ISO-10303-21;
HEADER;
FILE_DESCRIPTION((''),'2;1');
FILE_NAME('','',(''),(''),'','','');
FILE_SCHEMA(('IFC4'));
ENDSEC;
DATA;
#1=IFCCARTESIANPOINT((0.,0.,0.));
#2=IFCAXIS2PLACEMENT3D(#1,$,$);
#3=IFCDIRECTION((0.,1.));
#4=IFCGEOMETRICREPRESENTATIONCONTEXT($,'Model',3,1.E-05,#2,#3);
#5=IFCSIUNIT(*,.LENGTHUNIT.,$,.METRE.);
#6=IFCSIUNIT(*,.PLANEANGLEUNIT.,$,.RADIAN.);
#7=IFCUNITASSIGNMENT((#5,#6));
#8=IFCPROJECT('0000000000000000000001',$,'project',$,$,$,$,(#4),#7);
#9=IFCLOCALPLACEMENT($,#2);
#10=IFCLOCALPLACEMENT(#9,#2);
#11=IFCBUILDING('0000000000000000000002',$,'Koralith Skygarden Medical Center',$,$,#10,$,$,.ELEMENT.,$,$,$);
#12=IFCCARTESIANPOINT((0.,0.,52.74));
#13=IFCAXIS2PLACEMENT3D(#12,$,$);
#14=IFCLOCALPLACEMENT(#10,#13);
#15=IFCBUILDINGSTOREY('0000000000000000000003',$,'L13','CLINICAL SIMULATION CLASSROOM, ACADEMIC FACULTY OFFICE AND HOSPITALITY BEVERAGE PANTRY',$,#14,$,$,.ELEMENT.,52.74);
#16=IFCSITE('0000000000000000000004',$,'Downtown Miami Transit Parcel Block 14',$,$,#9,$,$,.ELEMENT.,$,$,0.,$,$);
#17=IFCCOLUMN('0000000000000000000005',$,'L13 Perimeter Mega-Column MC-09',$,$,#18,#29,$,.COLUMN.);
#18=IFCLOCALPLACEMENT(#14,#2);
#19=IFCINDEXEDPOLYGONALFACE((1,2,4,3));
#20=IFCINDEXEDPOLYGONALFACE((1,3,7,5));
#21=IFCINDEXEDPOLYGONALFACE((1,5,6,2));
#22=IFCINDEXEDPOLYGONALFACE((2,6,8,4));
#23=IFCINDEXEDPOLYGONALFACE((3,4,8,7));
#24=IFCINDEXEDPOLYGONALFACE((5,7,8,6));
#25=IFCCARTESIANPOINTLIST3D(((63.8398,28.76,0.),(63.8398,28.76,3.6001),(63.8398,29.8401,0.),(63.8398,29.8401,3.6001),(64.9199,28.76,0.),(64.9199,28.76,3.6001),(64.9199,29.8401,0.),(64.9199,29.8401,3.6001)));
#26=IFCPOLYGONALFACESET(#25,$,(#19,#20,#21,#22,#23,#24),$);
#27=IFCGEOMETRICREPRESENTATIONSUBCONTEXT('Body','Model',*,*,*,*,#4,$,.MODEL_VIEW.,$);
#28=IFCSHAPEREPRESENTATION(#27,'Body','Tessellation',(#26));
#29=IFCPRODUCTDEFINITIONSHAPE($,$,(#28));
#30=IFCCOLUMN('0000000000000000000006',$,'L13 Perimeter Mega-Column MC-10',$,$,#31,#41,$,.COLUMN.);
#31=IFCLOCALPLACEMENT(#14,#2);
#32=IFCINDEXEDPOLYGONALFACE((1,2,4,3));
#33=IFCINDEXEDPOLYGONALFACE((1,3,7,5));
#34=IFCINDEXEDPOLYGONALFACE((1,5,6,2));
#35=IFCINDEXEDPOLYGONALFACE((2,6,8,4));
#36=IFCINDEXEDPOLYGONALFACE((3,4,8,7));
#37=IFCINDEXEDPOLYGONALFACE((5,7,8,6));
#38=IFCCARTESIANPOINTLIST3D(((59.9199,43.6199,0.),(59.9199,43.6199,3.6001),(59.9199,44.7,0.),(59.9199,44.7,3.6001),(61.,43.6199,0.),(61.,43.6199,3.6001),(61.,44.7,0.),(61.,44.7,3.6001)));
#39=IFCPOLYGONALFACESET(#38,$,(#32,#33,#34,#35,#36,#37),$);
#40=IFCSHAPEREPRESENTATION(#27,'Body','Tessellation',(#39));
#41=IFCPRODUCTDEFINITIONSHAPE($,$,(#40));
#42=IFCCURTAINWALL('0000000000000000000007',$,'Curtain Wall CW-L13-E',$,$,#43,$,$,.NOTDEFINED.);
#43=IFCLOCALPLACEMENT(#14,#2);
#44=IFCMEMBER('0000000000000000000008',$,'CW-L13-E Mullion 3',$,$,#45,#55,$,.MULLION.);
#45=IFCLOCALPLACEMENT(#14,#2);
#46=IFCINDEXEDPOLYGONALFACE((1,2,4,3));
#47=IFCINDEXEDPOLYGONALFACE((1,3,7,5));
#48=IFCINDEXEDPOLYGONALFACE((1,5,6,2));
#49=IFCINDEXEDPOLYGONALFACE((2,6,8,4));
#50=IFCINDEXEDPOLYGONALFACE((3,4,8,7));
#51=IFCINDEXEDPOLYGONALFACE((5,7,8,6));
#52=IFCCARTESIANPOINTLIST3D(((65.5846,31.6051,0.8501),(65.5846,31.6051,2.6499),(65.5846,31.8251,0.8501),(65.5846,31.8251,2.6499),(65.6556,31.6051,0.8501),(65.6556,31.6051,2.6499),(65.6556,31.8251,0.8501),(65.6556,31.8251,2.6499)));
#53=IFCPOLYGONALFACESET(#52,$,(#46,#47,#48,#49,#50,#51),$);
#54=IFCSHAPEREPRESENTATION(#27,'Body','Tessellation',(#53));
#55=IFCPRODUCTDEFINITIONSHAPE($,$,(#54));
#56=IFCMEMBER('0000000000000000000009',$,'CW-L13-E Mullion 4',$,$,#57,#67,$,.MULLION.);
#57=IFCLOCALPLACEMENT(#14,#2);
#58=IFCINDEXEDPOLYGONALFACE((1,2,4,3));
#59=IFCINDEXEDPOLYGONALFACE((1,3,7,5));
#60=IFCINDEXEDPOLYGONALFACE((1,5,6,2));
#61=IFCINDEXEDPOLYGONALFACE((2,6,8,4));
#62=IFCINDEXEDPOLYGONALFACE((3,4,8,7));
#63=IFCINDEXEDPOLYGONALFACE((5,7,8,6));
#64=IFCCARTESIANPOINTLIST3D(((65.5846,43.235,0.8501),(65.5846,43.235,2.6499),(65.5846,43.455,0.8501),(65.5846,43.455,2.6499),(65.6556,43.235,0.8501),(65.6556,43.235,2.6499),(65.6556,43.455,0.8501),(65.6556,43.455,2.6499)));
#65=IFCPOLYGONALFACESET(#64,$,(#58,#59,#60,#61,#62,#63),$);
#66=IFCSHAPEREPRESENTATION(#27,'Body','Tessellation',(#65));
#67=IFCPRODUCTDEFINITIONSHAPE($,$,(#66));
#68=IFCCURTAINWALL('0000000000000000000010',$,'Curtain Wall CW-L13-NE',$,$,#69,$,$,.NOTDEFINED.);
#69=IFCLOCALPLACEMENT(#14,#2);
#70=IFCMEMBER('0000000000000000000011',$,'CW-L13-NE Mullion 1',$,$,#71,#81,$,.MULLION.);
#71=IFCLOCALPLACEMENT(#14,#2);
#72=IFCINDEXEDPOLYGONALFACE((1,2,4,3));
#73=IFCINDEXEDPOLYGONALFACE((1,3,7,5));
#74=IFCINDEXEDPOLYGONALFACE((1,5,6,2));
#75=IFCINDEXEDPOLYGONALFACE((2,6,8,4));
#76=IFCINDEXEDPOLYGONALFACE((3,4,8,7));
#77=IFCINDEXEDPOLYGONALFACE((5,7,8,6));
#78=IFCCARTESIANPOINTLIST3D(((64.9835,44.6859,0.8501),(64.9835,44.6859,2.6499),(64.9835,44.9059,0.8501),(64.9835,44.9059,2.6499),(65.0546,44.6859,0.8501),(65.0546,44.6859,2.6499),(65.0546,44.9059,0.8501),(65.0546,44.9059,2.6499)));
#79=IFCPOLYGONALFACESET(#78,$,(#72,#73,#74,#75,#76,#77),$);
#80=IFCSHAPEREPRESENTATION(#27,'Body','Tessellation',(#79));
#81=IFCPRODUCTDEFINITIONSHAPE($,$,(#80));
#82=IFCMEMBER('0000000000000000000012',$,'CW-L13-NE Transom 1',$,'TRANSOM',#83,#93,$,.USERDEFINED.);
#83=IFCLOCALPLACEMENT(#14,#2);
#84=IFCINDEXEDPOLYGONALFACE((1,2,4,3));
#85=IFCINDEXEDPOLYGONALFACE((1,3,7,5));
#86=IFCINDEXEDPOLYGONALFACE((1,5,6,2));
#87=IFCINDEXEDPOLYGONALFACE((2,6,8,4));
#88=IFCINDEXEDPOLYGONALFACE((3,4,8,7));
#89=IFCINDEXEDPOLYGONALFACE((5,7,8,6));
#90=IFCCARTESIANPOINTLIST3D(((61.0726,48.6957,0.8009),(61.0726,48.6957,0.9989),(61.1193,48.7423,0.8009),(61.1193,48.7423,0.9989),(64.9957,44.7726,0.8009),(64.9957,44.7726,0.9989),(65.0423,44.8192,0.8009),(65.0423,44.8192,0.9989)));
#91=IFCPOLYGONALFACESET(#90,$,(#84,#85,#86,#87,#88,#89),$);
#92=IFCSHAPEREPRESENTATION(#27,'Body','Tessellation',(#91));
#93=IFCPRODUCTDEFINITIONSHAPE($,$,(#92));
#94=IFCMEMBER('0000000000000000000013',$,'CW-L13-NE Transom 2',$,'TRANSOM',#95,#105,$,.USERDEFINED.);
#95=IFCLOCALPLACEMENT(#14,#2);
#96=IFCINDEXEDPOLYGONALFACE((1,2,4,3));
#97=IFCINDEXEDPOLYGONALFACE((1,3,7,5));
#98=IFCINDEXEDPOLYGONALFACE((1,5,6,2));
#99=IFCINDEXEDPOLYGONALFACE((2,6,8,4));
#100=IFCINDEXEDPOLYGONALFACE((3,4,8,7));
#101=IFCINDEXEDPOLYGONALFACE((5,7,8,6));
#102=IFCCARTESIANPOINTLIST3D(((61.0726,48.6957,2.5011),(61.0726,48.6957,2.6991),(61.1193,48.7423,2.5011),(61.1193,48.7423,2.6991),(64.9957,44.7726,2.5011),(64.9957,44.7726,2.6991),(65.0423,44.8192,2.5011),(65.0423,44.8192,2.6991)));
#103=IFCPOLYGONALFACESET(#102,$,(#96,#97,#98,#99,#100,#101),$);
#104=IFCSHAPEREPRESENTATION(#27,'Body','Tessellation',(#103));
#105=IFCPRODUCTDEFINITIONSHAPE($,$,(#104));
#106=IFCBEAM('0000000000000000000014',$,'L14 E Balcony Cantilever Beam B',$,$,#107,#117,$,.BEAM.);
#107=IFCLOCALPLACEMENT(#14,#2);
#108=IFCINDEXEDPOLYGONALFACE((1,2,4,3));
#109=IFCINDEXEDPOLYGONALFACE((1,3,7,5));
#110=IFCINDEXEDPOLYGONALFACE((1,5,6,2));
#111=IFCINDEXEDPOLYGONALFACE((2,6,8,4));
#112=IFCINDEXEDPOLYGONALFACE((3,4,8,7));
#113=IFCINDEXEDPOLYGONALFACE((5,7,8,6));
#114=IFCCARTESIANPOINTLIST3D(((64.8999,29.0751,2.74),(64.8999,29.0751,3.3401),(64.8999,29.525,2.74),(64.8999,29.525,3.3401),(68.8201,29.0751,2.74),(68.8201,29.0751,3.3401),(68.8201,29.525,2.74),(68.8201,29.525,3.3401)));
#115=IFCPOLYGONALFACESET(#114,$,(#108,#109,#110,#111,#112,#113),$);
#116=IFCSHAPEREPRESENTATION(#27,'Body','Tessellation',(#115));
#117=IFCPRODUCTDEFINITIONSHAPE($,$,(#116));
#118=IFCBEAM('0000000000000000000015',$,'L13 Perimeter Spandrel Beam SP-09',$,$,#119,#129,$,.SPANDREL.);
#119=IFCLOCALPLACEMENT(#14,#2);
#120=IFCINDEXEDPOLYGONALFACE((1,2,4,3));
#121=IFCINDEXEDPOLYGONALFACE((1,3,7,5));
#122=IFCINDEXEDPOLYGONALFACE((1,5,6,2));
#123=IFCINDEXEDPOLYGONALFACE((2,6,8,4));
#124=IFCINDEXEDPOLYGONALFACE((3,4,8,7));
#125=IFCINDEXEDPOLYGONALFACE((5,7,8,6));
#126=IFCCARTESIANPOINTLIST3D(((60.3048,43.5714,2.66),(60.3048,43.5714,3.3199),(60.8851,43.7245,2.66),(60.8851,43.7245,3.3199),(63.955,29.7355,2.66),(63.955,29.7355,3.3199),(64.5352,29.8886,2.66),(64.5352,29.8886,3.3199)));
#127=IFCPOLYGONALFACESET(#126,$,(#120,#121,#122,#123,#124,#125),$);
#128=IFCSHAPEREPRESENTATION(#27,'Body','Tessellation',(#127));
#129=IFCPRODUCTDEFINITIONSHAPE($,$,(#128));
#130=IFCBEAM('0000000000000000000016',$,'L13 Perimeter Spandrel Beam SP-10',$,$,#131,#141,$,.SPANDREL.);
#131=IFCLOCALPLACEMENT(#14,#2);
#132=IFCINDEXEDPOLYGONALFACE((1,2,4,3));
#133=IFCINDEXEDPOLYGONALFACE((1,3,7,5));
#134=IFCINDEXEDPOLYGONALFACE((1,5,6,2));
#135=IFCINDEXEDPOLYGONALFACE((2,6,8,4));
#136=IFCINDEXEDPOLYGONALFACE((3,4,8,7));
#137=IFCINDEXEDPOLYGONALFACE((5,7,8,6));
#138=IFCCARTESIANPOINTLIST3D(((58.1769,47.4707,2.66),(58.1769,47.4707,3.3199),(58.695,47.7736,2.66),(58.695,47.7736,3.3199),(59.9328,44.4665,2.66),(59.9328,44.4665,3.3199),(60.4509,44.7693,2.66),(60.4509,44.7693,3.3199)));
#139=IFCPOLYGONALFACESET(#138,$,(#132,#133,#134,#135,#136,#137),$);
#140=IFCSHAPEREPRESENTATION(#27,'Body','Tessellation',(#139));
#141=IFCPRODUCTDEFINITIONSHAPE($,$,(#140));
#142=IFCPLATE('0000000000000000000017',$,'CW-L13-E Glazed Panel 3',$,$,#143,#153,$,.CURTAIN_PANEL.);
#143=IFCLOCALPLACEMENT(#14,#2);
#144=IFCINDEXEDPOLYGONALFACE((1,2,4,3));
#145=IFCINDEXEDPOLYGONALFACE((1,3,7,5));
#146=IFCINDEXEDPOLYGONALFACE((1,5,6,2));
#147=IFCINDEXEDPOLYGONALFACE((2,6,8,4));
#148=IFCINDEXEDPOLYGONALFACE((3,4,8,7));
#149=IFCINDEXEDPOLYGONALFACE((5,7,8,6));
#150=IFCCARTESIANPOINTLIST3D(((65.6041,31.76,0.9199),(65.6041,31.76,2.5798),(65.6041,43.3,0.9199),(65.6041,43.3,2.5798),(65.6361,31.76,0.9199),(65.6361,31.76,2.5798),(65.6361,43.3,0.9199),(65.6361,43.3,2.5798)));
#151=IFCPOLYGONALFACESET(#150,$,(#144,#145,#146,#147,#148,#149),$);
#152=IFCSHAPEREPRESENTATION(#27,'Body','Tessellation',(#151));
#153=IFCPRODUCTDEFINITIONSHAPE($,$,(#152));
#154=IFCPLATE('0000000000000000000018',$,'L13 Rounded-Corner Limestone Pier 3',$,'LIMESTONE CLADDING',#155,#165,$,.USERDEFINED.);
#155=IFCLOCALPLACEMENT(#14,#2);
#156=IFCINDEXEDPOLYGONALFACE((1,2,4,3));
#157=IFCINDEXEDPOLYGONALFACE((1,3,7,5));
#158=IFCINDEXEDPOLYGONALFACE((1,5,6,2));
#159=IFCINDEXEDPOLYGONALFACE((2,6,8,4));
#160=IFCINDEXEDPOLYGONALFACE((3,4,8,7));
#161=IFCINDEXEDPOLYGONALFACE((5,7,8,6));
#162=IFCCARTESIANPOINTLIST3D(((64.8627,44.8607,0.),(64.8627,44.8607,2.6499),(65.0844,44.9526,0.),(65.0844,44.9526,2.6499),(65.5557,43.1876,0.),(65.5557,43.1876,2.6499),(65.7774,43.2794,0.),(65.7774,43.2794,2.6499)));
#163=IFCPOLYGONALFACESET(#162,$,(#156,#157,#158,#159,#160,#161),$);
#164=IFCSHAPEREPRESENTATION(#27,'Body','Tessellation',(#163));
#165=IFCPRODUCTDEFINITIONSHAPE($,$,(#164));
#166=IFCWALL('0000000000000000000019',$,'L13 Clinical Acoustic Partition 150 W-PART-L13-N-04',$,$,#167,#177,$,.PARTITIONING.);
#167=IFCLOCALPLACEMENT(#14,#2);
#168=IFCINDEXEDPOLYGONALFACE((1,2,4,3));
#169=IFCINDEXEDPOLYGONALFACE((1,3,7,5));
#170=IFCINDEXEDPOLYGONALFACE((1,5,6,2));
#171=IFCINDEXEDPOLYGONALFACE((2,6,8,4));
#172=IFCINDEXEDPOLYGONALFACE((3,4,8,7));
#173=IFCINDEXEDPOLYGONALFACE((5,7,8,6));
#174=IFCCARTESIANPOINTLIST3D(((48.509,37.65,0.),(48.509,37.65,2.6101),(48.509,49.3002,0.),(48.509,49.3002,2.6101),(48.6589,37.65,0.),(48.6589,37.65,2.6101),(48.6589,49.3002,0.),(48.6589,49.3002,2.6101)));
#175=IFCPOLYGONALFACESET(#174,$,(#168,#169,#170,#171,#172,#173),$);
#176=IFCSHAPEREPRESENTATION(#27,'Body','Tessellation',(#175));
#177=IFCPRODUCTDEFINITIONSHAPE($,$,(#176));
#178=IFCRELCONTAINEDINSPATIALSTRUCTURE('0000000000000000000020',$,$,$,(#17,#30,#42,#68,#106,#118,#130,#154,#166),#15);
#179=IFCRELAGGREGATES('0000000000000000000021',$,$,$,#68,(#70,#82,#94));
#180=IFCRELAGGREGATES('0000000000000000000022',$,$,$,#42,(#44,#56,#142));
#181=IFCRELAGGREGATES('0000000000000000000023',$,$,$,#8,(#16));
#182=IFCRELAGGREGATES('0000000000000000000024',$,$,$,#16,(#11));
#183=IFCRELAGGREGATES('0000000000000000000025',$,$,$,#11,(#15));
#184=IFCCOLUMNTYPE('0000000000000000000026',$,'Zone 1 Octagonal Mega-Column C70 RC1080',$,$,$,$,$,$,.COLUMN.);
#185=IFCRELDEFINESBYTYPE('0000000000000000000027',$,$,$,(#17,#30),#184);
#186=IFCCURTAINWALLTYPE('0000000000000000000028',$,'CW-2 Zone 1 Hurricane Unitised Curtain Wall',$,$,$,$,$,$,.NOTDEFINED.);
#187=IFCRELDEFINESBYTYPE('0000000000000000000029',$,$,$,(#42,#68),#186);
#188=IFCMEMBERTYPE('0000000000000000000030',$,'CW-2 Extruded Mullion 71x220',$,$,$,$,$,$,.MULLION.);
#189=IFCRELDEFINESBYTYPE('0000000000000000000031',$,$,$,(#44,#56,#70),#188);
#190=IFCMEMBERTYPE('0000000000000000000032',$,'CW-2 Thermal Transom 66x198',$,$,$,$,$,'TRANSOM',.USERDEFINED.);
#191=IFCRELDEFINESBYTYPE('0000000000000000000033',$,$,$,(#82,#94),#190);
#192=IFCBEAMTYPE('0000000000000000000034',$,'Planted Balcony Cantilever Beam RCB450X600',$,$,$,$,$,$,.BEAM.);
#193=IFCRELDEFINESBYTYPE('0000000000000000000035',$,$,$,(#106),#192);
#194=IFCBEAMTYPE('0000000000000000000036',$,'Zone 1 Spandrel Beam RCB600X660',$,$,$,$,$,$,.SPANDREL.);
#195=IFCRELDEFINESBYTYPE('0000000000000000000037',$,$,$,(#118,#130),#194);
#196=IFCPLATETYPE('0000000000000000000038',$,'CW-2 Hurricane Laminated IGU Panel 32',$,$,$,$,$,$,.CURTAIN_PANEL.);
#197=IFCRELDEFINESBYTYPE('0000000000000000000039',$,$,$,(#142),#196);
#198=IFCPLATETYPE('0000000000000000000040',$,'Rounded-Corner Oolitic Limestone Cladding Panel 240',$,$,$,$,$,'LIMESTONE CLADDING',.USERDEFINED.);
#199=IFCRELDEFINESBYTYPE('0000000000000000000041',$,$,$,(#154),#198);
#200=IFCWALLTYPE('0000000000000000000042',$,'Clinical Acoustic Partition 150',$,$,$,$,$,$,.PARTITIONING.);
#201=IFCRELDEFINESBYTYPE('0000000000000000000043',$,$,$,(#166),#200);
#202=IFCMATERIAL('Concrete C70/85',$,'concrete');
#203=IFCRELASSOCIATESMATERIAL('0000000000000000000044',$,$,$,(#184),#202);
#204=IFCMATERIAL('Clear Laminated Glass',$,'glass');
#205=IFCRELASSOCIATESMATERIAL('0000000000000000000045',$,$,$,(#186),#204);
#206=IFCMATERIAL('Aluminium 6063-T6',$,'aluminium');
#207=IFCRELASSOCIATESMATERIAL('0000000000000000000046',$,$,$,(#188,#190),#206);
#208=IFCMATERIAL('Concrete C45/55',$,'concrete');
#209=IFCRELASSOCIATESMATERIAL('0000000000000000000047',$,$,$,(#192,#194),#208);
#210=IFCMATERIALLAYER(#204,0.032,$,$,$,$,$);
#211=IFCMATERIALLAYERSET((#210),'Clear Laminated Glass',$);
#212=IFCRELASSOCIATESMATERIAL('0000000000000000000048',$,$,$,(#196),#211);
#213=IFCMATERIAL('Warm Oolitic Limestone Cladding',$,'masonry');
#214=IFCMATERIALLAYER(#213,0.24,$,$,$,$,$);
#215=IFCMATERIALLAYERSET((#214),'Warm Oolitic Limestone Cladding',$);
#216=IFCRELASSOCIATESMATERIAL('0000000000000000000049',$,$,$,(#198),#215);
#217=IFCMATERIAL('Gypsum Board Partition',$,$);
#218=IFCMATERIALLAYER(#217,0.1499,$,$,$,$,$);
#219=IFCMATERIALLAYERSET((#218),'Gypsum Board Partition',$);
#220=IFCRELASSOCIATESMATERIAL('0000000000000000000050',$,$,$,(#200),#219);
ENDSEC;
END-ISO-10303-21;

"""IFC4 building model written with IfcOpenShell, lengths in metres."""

from ifc_helpers import new_model, si_unit, direction, frame, frame_2d, origin, origin_2d, place, context, subcontext, project, spatial, rectangle, extrude, material, layer, layer_set, material_profile, profile_set, type_object, element, aggregate, save


model = new_model("IFC4")

# Units and contexts
model_context = context("Model", 3, precision=1e-05, world=origin(), true_north=direction((0.0, 1.0)))
body_context = subcontext(model_context, "Body", "Model", "MODEL_VIEW")
ifc_project = project(units=[si_unit("LENGTHUNIT", "METRE"), si_unit("PLANEANGLEUNIT", "RADIAN")], contexts=[model_context])

# Site, building, storey
site_placement = place(None, origin())
site = spatial("IfcSite", under=ifc_project, at=site_placement, Name="Downtown Miami Transit Parcel Block 14", CompositionType="ELEMENT", RefElevation=0.0)
building_placement = place(site_placement, origin())
building = spatial("IfcBuilding", under=site, at=building_placement, Name="Koralith Skygarden Medical Center", CompositionType="ELEMENT")
storey_placement = place(building_placement, frame((0.0, 0.0, 52.74)))
storey = spatial("IfcBuildingStorey", under=building, at=storey_placement, Name="L13", Description="CLINICAL SIMULATION CLASSROOM, ACADEMIC FACULTY OFFICE AND HOSPITALITY BEVERAGE PANTRY", CompositionType="ELEMENT", Elevation=52.74)

# Columns
ifc_material_1 = material(Name="Concrete C70/85", Category="concrete")
ifc_material_profile_1 = material_profile(ifc_material_1, rectangle(XDim=1.0801, YDim=1.0801, at=origin_2d()), Name="RC1080X1080")
ifc_profile_set_1 = profile_set([ifc_material_profile_1], Name="Concrete C70/85")
column_type = type_object("IfcColumnType", Name="Zone 1 Octagonal Mega-Column C70 RC1080", PredefinedType="COLUMN", material=ifc_profile_set_1)
for number, where, z_axis, x_axis, name in (
    (1, (64.3799, 29.3, 0.0), (0.0, 0.0, 1.0), (1.0, 0.0, 0.0), "L13 Perimeter Mega-Column MC-09"),
    (2, (60.46, 44.1599, 0.0), (0.0, 0.0, 1.0), (1.0, 0.0, 0.0), "L13 Perimeter Mega-Column MC-10"),
):
    element("IfcColumn", number, at=place(storey_placement, frame(where, z_axis=z_axis, x_axis=x_axis)), inside=storey, type_object=column_type, Name=name, PredefinedType="COLUMN", context=body_context, shape_type="SweptSolid", body=[
        extrude(rectangle(XDim=1.0801, YDim=1.0801, at=origin_2d()), origin(), (0.0, 0.0, 1.0), 3.6001),
    ])

# Curtain walls, members
ifc_material_2 = material(Name="Clear Laminated Glass", Category="glass")
curtain_wall_type = type_object("IfcCurtainWallType", Name="CW-2 Zone 1 Hurricane Unitised Curtain Wall", PredefinedType="NOTDEFINED", material=ifc_material_2)
curtain_wall_1_placement = place(storey_placement, origin())
curtain_wall_1 = element("IfcCurtainWall", 3, at=curtain_wall_1_placement, inside=storey, type_object=curtain_wall_type, Name="Curtain Wall CW-L13-E", PredefinedType="NOTDEFINED")
ifc_material_3 = material(Name="Aluminium 6063-T6", Category="aluminium")
ifc_material_profile_2 = material_profile(ifc_material_3, rectangle(XDim=0.071, YDim=0.22, at=origin_2d()), Name="MUL71X220")
ifc_profile_set_2 = profile_set([ifc_material_profile_2], Name="Aluminium 6063-T6")
member_type_1 = type_object("IfcMemberType", Name="CW-2 Extruded Mullion 71x220", PredefinedType="MULLION", material=ifc_profile_set_2)
member_1_placement = place(storey_placement, frame((65.6201, 31.7151, 0.8501), z_axis=(0.0, 0.0, 1.0), x_axis=(1.0, 0.0, 0.0)))
member_1 = element("IfcMember", 4, at=member_1_placement, type_object=member_type_1, Name="CW-L13-E Mullion 3", PredefinedType="MULLION", context=body_context, shape_type="SweptSolid", body=[
    extrude(rectangle(XDim=0.071, YDim=0.22, at=origin_2d()), origin(), (0.0, 0.0, 1.0), 1.7998),
])
member_2_placement = place(storey_placement, frame((65.6201, 43.345, 0.8501), z_axis=(0.0, 0.0, 1.0), x_axis=(1.0, 0.0, 0.0)))
member_2 = element("IfcMember", 5, at=member_2_placement, type_object=member_type_1, Name="CW-L13-E Mullion 4", PredefinedType="MULLION", context=body_context, shape_type="SweptSolid", body=[
    extrude(rectangle(XDim=0.071, YDim=0.22, at=origin_2d()), origin(), (0.0, 0.0, 1.0), 1.7998),
])
curtain_wall_2_placement = place(storey_placement, origin())
curtain_wall_2 = element("IfcCurtainWall", 6, at=curtain_wall_2_placement, inside=storey, type_object=curtain_wall_type, Name="Curtain Wall CW-L13-NE", PredefinedType="NOTDEFINED")
member_3_placement = place(storey_placement, frame((65.019, 44.7959, 0.8501), z_axis=(0.0, 0.0, 1.0), x_axis=(1.0, 0.0, 0.0)))
member_3 = element("IfcMember", 7, at=member_3_placement, type_object=member_type_1, Name="CW-L13-NE Mullion 1", PredefinedType="MULLION", context=body_context, shape_type="SweptSolid", body=[
    extrude(rectangle(XDim=0.071, YDim=0.22, at=origin_2d()), origin(), (0.0, 0.0, 1.0), 1.7998),
])
ifc_material_profile_3 = material_profile(ifc_material_3, rectangle(XDim=0.0659, YDim=0.198, at=origin_2d()), Name="TRN66X198")
ifc_profile_set_3 = profile_set([ifc_material_profile_3], Name="Aluminium 6063-T6")
member_type_2 = type_object("IfcMemberType", Name="CW-2 Thermal Transom 66x198", ElementType="TRANSOM", PredefinedType="USERDEFINED", material=ifc_profile_set_3)
member_4_placement = place(storey_placement, frame((65.019, 44.7959, 0.8999), z_axis=(-0.707107, 0.707107, 0.0), x_axis=(-0.707107, -0.707107, 0.0)))
member_4 = element("IfcMember", 8, at=member_4_placement, type_object=member_type_2, Name="CW-L13-NE Transom 1", ObjectType="TRANSOM", PredefinedType="USERDEFINED", context=body_context, shape_type="SweptSolid", body=[
    extrude(rectangle(XDim=0.0659, YDim=0.198, at=origin_2d()), origin(), (0.0, 0.0, 1.0), 5.5481),
])
member_5_placement = place(storey_placement, frame((65.019, 44.7959, 2.6001), z_axis=(-0.707107, 0.707107, 0.0), x_axis=(-0.707107, -0.707107, 0.0)))
member_5 = element("IfcMember", 9, at=member_5_placement, type_object=member_type_2, Name="CW-L13-NE Transom 2", ObjectType="TRANSOM", PredefinedType="USERDEFINED", context=body_context, shape_type="SweptSolid", body=[
    extrude(rectangle(XDim=0.0659, YDim=0.198, at=origin_2d()), origin(), (0.0, 0.0, 1.0), 5.5481),
])
aggregate(curtain_wall_2, [member_3, member_4, member_5])

# Beams
ifc_material_4 = material(Name="Concrete C45/55", Category="concrete")
ifc_material_profile_4 = material_profile(ifc_material_4, rectangle(XDim=0.45, YDim=0.6001, at=origin_2d()), Name="RCB450X600")
ifc_profile_set_4 = profile_set([ifc_material_profile_4], Name="Concrete C45/55")
beam_type_1 = type_object("IfcBeamType", Name="Planted Balcony Cantilever Beam RCB450X600", PredefinedType="BEAM", material=ifc_profile_set_4)
beam_1_placement = place(storey_placement, frame((64.8999, 29.3, 3.04), z_axis=(1.0, 0.0, 0.0), x_axis=(0.0, 1.0, 0.0)))
element("IfcBeam", 10, at=beam_1_placement, inside=storey, type_object=beam_type_1, Name="L14 E Balcony Cantilever Beam B", PredefinedType="BEAM", context=body_context, shape_type="SweptSolid", body=[
    extrude(rectangle(XDim=0.45, YDim=0.6001, at=origin_2d()), origin(), (0.0, 0.0, 1.0), 3.9202),
])
ifc_material_profile_5 = material_profile(ifc_material_4, rectangle(XDim=0.6001, YDim=0.6599, at=origin_2d()), Name="RCB600X660")
ifc_profile_set_5 = profile_set([ifc_material_profile_5], Name="Concrete C45/55")
beam_type_2 = type_object("IfcBeamType", Name="Zone 1 Spandrel Beam RCB600X660", PredefinedType="SPANDREL", material=ifc_profile_set_5)
beam_2_placement = place(storey_placement, frame((64.2451, 29.812, 2.99), z_axis=(-0.255089, 0.966918, 0.0), x_axis=(-0.966918, -0.255089, 0.0)))
element("IfcBeam", 11, at=beam_2_placement, inside=storey, type_object=beam_type_2, Name="L13 Perimeter Spandrel Beam SP-09", PredefinedType="SPANDREL", context=body_context, shape_type="SweptSolid", body=[
    extrude(rectangle(XDim=0.6001, YDim=0.6599, at=origin_2d()), origin(), (0.0, 0.0, 1.0), 14.3093),
])
beam_3_placement = place(storey_placement, frame((60.1919, 44.6179, 2.99), z_axis=(-0.504608, 0.863349, 0.0), x_axis=(-0.863349, -0.504608, 0.0)))
element("IfcBeam", 12, at=beam_3_placement, inside=storey, type_object=beam_type_2, Name="L13 Perimeter Spandrel Beam SP-10", PredefinedType="SPANDREL", context=body_context, shape_type="SweptSolid", body=[
    extrude(rectangle(XDim=0.6001, YDim=0.6599, at=origin_2d()), origin(), (0.0, 0.0, 1.0), 3.4797),
])

# Plates
ifc_layer_1 = layer(ifc_material_2, 0.032)
ifc_layer_set_1 = layer_set([ifc_layer_1], Name="Clear Laminated Glass")
plate_type_1 = type_object("IfcPlateType", Name="CW-2 Hurricane Laminated IGU Panel 32", PredefinedType="CURTAIN_PANEL", material=ifc_layer_set_1)
plate_1_placement = place(storey_placement, frame((65.6201, 37.53, 0.9199), z_axis=(0.0, 0.0, 1.0), x_axis=(0.0, 1.0, 0.0)))
plate_1 = element("IfcPlate", 13, at=plate_1_placement, type_object=plate_type_1, Name="CW-L13-E Glazed Panel 3", PredefinedType="CURTAIN_PANEL", context=body_context, shape_type="SweptSolid", body=[
    extrude(rectangle(XDim=11.54, YDim=0.032, at=origin_2d()), origin(), (0.0, 0.0, 1.0), 1.6599),
])
aggregate(curtain_wall_1, [member_1, member_2, plate_1])
ifc_material_5 = material(Name="Warm Oolitic Limestone Cladding", Category="masonry")
ifc_layer_2 = layer(ifc_material_5, 0.24)
ifc_layer_set_2 = layer_set([ifc_layer_2], Name="Warm Oolitic Limestone Cladding")
plate_type_2 = type_object("IfcPlateType", Name="Rounded-Corner Oolitic Limestone Cladding Panel 240", ElementType="LIMESTONE CLADDING", PredefinedType="USERDEFINED", material=ifc_layer_set_2)
plate_2_placement = place(storey_placement, frame((65.3201, 44.0701, 0.0), z_axis=(0.0, 0.0, 1.0), x_axis=(-0.382671, 0.923885, 0.0)))
element("IfcPlate", 14, at=plate_2_placement, inside=storey, type_object=plate_type_2, Name="L13 Rounded-Corner Limestone Pier 3", ObjectType="LIMESTONE CLADDING", PredefinedType="USERDEFINED", context=body_context, shape_type="SweptSolid", body=[
    extrude(rectangle(XDim=1.811, YDim=0.24, at=origin_2d()), origin(), (0.0, 0.0, 1.0), 2.6499),
])

# Wall
ifc_material_6 = material(Name="Gypsum Board Partition")
ifc_layer_3 = layer(ifc_material_6, 0.1499)
ifc_layer_set_3 = layer_set([ifc_layer_3], Name="Gypsum Board Partition")
wall_type_1 = type_object("IfcWallType", Name="Clinical Acoustic Partition 150", PredefinedType="PARTITIONING", material=ifc_layer_set_3)
wall_1_placement = place(storey_placement, frame((48.584, 37.6499, 0.0), z_axis=(0.0, 0.0, 1.0), x_axis=(0.0, 1.0, 0.0)))
element("IfcWall", 15, at=wall_1_placement, inside=storey, type_object=wall_type_1, Name="L13 Clinical Acoustic Partition 150 W-PART-L13-N-04", PredefinedType="PARTITIONING", context=body_context, shape_type="SweptSolid", body=[
    extrude(rectangle(XDim=11.6501, YDim=0.1499, at=frame_2d((5.8252, 0.0))), origin(), (0.0, 0.0, 1.0), 2.6101),
])

save(model, "model.ifc")
